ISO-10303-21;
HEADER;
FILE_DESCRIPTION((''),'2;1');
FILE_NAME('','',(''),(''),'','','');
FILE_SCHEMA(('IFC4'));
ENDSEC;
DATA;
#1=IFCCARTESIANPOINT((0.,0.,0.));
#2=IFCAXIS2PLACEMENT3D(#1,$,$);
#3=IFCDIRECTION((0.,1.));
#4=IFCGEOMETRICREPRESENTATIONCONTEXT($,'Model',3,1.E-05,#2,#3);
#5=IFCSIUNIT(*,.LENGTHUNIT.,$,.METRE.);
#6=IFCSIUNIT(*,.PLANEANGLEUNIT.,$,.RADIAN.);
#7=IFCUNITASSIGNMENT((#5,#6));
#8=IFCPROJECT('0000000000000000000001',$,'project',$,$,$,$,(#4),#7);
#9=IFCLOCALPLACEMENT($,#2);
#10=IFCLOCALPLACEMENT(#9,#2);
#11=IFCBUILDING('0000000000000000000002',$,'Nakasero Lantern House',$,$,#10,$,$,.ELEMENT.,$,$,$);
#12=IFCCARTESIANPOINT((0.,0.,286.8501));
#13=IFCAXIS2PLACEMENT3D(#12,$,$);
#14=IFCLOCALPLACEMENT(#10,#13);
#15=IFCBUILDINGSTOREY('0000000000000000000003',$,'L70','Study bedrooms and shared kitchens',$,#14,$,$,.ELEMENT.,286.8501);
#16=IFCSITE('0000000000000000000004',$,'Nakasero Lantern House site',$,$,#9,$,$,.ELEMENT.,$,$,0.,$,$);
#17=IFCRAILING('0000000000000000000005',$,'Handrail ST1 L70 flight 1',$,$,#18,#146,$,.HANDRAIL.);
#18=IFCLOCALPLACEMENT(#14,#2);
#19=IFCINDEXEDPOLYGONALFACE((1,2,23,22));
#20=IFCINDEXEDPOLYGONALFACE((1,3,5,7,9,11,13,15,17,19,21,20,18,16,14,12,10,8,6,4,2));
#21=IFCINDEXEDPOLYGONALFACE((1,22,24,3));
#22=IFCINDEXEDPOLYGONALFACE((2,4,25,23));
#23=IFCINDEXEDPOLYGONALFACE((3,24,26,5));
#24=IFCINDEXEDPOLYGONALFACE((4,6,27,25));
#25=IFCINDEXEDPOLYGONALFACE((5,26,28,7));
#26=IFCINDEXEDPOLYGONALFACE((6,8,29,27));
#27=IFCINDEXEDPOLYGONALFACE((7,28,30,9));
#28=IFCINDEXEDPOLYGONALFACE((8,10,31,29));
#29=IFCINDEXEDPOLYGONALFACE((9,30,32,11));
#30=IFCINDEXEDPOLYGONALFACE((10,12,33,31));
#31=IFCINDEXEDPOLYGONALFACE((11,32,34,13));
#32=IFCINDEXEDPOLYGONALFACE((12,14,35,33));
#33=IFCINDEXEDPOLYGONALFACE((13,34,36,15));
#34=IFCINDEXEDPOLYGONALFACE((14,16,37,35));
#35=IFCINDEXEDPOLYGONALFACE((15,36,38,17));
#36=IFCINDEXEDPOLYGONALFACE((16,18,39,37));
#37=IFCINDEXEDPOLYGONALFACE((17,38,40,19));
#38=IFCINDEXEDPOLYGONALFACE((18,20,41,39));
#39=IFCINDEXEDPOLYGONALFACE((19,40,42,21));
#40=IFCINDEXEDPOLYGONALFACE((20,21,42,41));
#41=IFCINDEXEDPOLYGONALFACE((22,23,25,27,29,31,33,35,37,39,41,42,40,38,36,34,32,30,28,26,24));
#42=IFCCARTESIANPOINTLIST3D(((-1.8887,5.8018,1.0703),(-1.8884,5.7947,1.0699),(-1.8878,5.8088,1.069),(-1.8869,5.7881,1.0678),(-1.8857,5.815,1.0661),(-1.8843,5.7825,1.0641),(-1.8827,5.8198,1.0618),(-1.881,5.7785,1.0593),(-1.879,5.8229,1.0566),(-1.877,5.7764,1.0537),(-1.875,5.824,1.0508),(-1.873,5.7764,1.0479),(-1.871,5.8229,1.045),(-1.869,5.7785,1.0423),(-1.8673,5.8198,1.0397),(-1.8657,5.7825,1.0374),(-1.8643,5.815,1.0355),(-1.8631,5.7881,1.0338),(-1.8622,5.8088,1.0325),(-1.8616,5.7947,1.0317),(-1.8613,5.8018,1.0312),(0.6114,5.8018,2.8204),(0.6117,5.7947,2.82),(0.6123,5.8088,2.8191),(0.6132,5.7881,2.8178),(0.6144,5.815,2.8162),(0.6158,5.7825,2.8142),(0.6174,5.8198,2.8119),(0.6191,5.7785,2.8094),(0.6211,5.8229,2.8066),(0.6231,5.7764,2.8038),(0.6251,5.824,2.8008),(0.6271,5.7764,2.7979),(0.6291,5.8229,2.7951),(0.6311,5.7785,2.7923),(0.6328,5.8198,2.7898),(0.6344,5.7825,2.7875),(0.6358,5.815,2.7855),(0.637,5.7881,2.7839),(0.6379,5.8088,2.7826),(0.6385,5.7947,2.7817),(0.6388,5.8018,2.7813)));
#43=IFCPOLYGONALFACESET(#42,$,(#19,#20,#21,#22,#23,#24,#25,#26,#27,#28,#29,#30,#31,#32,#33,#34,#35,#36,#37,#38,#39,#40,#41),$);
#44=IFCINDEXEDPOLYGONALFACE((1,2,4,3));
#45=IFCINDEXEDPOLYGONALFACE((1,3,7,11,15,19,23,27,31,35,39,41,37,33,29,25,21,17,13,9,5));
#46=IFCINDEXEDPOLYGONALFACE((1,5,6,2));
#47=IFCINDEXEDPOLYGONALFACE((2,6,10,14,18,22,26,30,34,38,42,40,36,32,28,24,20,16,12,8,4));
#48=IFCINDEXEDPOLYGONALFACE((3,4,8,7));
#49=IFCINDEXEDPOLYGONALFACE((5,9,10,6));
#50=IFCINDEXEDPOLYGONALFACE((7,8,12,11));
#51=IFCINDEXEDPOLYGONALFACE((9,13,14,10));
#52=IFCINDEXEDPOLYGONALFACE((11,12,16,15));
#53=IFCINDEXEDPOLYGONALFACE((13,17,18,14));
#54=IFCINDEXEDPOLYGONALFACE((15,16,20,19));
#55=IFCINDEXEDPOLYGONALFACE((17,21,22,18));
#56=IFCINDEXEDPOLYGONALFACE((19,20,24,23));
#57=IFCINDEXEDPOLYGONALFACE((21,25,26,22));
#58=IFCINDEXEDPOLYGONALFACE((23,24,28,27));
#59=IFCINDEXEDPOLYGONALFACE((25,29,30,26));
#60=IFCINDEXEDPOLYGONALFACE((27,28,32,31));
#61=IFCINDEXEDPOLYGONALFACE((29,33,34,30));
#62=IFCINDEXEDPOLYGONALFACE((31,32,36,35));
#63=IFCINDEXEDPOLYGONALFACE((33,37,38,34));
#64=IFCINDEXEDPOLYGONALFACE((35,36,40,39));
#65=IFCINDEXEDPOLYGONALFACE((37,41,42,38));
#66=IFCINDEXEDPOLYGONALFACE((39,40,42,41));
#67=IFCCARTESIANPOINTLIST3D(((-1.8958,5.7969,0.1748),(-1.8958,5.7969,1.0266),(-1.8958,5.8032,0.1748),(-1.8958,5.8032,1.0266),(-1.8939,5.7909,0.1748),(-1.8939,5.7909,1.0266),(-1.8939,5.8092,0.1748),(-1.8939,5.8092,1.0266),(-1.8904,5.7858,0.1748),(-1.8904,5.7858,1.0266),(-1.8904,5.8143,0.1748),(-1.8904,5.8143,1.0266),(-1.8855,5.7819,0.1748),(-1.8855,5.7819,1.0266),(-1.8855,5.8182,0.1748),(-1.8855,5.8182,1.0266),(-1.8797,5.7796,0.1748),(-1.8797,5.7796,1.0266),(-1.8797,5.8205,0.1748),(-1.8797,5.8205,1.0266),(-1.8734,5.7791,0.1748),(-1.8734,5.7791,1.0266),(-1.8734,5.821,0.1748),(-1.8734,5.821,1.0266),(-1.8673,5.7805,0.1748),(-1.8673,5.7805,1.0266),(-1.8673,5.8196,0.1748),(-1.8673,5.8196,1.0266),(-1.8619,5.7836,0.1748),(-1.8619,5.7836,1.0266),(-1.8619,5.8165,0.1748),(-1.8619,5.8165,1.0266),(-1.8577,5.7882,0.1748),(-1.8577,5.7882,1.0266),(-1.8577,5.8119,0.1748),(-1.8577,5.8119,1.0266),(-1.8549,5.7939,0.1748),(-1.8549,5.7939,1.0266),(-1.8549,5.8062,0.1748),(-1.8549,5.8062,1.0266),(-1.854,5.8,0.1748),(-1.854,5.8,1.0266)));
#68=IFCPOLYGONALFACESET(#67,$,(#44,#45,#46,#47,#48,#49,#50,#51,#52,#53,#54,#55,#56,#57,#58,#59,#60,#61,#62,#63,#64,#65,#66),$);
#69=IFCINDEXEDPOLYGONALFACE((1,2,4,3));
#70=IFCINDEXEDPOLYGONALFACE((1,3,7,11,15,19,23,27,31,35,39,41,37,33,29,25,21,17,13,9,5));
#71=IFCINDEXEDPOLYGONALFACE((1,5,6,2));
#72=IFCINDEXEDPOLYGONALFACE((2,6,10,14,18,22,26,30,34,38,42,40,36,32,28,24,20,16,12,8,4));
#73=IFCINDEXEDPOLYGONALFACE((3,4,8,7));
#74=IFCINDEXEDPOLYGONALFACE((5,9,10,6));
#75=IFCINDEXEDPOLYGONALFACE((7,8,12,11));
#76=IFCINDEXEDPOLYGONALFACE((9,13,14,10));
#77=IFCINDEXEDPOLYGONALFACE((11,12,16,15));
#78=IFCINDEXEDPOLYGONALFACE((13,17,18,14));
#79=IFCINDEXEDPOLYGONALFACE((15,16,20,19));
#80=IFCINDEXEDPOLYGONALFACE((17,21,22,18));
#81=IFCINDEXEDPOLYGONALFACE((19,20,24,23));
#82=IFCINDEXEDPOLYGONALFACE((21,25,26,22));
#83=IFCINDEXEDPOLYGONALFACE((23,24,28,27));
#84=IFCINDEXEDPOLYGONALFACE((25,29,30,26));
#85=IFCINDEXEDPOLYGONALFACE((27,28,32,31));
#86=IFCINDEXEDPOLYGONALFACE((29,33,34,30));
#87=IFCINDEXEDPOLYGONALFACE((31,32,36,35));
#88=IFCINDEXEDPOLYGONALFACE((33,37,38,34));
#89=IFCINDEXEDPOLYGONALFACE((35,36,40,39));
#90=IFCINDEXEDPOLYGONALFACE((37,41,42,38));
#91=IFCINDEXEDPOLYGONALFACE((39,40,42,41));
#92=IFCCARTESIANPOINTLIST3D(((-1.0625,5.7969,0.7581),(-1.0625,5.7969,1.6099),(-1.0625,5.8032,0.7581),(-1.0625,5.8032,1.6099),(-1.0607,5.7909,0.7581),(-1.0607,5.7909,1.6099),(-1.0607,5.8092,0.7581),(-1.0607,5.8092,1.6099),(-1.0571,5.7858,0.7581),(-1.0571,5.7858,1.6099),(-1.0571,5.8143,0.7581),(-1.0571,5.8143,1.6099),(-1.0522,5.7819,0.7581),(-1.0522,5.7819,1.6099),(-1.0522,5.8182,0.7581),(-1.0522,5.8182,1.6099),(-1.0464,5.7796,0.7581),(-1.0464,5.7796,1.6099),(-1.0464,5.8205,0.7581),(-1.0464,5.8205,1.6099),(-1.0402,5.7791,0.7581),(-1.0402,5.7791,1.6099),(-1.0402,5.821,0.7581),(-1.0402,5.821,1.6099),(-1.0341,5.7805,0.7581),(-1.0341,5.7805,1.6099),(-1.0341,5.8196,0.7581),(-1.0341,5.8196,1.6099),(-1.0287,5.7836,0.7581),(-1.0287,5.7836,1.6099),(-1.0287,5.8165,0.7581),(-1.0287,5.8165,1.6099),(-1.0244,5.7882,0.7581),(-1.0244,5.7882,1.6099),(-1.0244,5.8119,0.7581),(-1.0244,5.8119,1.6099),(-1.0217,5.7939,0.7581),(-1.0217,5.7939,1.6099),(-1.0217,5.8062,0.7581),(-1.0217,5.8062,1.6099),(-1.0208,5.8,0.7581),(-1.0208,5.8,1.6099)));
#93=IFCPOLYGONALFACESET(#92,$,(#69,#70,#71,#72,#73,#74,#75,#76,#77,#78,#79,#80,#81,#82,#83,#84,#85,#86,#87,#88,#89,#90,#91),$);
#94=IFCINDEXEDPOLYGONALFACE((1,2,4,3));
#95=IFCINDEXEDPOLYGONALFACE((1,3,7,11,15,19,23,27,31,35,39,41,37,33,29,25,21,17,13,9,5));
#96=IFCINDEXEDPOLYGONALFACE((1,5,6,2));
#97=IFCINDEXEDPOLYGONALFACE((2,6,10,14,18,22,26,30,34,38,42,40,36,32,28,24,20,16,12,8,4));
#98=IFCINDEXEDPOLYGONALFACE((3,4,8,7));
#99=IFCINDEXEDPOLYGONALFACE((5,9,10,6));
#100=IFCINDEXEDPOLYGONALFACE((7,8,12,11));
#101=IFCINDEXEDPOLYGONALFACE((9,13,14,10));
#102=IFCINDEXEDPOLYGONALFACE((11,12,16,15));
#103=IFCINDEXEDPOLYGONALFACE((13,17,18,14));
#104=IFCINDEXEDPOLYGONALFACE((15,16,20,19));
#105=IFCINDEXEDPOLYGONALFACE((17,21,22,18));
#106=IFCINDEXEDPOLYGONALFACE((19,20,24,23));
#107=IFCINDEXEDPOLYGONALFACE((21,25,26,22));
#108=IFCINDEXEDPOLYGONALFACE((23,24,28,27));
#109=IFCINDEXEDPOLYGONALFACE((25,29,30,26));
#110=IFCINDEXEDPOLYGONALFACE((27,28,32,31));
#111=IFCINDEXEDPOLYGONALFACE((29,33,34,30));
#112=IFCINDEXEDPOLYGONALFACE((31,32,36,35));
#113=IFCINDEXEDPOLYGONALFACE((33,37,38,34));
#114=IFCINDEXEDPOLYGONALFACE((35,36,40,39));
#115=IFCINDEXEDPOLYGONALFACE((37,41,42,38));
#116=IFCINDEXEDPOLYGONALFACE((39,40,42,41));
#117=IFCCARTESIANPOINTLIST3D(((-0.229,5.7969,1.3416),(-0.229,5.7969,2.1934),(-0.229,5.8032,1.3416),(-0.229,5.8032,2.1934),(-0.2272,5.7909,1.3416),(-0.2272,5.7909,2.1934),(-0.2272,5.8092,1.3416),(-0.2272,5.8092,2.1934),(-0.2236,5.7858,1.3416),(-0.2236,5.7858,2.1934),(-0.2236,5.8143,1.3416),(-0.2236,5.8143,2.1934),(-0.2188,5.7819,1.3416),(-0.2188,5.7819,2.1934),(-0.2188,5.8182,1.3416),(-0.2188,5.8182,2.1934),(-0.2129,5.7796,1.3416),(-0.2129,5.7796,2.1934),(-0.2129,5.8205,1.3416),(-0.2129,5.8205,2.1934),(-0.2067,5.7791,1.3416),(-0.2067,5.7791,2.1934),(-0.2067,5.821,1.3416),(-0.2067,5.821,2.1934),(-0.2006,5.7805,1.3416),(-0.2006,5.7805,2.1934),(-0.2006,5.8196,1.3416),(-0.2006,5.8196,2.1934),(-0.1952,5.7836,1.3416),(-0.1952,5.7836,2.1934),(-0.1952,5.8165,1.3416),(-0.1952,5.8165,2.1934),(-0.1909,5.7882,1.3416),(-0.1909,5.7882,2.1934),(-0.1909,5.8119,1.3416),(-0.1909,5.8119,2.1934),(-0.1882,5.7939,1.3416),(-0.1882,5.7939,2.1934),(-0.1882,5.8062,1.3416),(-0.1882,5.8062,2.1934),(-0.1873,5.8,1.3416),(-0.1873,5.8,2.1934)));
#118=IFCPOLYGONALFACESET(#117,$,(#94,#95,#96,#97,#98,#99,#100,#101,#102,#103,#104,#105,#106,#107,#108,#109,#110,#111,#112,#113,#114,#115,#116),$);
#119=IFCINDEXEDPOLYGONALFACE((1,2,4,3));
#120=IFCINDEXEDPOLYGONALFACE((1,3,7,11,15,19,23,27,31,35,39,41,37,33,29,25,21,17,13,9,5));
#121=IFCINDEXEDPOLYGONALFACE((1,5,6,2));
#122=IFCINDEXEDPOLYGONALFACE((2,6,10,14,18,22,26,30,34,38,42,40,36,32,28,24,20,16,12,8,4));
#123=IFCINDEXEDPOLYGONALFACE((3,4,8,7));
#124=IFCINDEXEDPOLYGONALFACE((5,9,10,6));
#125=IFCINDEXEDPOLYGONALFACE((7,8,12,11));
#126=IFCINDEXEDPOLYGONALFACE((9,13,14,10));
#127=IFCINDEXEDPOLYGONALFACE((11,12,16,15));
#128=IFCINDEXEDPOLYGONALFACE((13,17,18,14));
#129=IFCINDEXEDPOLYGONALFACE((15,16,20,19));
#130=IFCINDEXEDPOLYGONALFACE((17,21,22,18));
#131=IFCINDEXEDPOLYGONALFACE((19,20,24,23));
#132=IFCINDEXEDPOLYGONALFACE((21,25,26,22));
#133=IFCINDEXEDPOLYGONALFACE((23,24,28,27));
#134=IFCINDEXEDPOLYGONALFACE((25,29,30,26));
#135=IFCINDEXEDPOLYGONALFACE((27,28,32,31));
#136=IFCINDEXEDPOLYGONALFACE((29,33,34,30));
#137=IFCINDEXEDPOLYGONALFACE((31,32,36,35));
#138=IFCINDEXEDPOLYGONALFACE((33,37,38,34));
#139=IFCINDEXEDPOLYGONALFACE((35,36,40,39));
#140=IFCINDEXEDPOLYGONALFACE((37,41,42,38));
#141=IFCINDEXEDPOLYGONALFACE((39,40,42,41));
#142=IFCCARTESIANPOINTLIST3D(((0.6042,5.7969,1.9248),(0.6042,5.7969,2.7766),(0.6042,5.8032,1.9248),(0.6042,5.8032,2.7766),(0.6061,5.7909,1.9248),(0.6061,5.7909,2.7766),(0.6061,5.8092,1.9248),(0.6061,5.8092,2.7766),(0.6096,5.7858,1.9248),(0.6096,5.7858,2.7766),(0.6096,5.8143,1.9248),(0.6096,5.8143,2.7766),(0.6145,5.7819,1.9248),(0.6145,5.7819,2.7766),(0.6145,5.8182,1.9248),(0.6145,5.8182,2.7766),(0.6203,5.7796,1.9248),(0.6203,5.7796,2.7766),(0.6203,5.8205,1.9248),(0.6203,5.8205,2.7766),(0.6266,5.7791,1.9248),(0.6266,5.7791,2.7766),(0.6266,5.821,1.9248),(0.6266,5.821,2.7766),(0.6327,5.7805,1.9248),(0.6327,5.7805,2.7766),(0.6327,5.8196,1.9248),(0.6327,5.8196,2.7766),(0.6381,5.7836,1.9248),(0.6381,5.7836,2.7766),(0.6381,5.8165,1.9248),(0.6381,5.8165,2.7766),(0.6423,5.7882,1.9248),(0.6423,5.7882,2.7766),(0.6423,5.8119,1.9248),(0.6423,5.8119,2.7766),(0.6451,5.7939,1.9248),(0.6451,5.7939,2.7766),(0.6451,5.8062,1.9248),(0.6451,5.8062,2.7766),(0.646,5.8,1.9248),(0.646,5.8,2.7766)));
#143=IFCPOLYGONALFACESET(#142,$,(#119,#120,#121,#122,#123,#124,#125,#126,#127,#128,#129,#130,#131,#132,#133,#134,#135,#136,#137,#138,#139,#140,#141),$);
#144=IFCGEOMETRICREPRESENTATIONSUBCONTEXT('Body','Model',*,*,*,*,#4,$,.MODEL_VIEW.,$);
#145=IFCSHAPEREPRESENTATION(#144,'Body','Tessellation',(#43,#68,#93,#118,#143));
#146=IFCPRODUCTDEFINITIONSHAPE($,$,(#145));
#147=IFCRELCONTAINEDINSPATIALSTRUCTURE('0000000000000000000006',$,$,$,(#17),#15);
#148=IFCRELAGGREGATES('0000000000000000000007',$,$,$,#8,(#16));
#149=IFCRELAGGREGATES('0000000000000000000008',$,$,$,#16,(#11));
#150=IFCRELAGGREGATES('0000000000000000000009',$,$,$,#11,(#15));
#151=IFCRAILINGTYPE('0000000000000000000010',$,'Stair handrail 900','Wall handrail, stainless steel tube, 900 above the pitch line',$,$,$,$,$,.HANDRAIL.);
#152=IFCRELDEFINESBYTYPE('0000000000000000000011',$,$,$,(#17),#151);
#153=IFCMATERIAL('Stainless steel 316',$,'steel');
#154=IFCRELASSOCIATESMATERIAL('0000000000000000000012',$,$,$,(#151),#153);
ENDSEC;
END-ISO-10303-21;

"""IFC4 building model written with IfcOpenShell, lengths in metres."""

from ifc_helpers import new_model, si_unit, direction, frame, origin, origin_2d, place, context, subcontext, project, spatial, circle, extrude, material, type_object, element, save


model = new_model("IFC4")

# Units and contexts
model_context = context("Model", 3, precision=1e-05, world=origin(), true_north=direction((0.0, 1.0)))
body_context = subcontext(model_context, "Body", "Model", "MODEL_VIEW")
ifc_project = project(units=[si_unit("LENGTHUNIT", "METRE"), si_unit("PLANEANGLEUNIT", "RADIAN")], contexts=[model_context])

# Site, building, storey
site_placement = place(None, origin())
site = spatial("IfcSite", under=ifc_project, at=site_placement, Name="Nakasero Lantern House site", CompositionType="ELEMENT", RefElevation=0.0)
building_placement = place(site_placement, origin())
building = spatial("IfcBuilding", under=site, at=building_placement, Name="Nakasero Lantern House", CompositionType="ELEMENT")
storey_placement = place(building_placement, frame((0.0, 0.0, 286.8501)))
storey = spatial("IfcBuildingStorey", under=building, at=storey_placement, Name="L70", Description="Study bedrooms and shared kitchens", CompositionType="ELEMENT", Elevation=286.8501)

# Railing
ifc_material_1 = material(Name="Stainless steel 316", Category="steel")
railing_type = type_object("IfcRailingType", Name="Stair handrail 900", Description="Wall handrail, stainless steel tube, 900 above the pitch line", PredefinedType="HANDRAIL", material=ifc_material_1)
railing_placement = place(storey_placement, frame((-1.875, 5.8, 0.1748)))
element("IfcRailing", 1, at=railing_placement, inside=storey, type_object=railing_type, Name="Handrail ST1 L70 flight 1", PredefinedType="HANDRAIL", context=body_context, shape_type="SweptSolid", body=[
    extrude(circle(Radius=0.0239, at=origin_2d()), frame((0.0, 0.0, 0.876), z_axis=(0.819232, 0.0, 0.573462), x_axis=(0.0, 1.0, 0.0)), (0.0, 0.0, 1.0), 3.0518),
    extrude(circle(Radius=0.021, at=origin_2d()), origin(), (0.0, 0.0, 1.0), 0.8518),
    extrude(circle(Radius=0.021, at=origin_2d()), frame((0.8333, 0.0, 0.5833)), (0.0, 0.0, 1.0), 0.8518),
    extrude(circle(Radius=0.021, at=origin_2d()), frame((1.6667, 0.0, 1.1667)), (0.0, 0.0, 1.0), 0.8518),
    extrude(circle(Radius=0.021, at=origin_2d()), frame((2.5, 0.0, 1.75)), (0.0, 0.0, 1.0), 0.8518),
])

save(model, "model.ifc")
